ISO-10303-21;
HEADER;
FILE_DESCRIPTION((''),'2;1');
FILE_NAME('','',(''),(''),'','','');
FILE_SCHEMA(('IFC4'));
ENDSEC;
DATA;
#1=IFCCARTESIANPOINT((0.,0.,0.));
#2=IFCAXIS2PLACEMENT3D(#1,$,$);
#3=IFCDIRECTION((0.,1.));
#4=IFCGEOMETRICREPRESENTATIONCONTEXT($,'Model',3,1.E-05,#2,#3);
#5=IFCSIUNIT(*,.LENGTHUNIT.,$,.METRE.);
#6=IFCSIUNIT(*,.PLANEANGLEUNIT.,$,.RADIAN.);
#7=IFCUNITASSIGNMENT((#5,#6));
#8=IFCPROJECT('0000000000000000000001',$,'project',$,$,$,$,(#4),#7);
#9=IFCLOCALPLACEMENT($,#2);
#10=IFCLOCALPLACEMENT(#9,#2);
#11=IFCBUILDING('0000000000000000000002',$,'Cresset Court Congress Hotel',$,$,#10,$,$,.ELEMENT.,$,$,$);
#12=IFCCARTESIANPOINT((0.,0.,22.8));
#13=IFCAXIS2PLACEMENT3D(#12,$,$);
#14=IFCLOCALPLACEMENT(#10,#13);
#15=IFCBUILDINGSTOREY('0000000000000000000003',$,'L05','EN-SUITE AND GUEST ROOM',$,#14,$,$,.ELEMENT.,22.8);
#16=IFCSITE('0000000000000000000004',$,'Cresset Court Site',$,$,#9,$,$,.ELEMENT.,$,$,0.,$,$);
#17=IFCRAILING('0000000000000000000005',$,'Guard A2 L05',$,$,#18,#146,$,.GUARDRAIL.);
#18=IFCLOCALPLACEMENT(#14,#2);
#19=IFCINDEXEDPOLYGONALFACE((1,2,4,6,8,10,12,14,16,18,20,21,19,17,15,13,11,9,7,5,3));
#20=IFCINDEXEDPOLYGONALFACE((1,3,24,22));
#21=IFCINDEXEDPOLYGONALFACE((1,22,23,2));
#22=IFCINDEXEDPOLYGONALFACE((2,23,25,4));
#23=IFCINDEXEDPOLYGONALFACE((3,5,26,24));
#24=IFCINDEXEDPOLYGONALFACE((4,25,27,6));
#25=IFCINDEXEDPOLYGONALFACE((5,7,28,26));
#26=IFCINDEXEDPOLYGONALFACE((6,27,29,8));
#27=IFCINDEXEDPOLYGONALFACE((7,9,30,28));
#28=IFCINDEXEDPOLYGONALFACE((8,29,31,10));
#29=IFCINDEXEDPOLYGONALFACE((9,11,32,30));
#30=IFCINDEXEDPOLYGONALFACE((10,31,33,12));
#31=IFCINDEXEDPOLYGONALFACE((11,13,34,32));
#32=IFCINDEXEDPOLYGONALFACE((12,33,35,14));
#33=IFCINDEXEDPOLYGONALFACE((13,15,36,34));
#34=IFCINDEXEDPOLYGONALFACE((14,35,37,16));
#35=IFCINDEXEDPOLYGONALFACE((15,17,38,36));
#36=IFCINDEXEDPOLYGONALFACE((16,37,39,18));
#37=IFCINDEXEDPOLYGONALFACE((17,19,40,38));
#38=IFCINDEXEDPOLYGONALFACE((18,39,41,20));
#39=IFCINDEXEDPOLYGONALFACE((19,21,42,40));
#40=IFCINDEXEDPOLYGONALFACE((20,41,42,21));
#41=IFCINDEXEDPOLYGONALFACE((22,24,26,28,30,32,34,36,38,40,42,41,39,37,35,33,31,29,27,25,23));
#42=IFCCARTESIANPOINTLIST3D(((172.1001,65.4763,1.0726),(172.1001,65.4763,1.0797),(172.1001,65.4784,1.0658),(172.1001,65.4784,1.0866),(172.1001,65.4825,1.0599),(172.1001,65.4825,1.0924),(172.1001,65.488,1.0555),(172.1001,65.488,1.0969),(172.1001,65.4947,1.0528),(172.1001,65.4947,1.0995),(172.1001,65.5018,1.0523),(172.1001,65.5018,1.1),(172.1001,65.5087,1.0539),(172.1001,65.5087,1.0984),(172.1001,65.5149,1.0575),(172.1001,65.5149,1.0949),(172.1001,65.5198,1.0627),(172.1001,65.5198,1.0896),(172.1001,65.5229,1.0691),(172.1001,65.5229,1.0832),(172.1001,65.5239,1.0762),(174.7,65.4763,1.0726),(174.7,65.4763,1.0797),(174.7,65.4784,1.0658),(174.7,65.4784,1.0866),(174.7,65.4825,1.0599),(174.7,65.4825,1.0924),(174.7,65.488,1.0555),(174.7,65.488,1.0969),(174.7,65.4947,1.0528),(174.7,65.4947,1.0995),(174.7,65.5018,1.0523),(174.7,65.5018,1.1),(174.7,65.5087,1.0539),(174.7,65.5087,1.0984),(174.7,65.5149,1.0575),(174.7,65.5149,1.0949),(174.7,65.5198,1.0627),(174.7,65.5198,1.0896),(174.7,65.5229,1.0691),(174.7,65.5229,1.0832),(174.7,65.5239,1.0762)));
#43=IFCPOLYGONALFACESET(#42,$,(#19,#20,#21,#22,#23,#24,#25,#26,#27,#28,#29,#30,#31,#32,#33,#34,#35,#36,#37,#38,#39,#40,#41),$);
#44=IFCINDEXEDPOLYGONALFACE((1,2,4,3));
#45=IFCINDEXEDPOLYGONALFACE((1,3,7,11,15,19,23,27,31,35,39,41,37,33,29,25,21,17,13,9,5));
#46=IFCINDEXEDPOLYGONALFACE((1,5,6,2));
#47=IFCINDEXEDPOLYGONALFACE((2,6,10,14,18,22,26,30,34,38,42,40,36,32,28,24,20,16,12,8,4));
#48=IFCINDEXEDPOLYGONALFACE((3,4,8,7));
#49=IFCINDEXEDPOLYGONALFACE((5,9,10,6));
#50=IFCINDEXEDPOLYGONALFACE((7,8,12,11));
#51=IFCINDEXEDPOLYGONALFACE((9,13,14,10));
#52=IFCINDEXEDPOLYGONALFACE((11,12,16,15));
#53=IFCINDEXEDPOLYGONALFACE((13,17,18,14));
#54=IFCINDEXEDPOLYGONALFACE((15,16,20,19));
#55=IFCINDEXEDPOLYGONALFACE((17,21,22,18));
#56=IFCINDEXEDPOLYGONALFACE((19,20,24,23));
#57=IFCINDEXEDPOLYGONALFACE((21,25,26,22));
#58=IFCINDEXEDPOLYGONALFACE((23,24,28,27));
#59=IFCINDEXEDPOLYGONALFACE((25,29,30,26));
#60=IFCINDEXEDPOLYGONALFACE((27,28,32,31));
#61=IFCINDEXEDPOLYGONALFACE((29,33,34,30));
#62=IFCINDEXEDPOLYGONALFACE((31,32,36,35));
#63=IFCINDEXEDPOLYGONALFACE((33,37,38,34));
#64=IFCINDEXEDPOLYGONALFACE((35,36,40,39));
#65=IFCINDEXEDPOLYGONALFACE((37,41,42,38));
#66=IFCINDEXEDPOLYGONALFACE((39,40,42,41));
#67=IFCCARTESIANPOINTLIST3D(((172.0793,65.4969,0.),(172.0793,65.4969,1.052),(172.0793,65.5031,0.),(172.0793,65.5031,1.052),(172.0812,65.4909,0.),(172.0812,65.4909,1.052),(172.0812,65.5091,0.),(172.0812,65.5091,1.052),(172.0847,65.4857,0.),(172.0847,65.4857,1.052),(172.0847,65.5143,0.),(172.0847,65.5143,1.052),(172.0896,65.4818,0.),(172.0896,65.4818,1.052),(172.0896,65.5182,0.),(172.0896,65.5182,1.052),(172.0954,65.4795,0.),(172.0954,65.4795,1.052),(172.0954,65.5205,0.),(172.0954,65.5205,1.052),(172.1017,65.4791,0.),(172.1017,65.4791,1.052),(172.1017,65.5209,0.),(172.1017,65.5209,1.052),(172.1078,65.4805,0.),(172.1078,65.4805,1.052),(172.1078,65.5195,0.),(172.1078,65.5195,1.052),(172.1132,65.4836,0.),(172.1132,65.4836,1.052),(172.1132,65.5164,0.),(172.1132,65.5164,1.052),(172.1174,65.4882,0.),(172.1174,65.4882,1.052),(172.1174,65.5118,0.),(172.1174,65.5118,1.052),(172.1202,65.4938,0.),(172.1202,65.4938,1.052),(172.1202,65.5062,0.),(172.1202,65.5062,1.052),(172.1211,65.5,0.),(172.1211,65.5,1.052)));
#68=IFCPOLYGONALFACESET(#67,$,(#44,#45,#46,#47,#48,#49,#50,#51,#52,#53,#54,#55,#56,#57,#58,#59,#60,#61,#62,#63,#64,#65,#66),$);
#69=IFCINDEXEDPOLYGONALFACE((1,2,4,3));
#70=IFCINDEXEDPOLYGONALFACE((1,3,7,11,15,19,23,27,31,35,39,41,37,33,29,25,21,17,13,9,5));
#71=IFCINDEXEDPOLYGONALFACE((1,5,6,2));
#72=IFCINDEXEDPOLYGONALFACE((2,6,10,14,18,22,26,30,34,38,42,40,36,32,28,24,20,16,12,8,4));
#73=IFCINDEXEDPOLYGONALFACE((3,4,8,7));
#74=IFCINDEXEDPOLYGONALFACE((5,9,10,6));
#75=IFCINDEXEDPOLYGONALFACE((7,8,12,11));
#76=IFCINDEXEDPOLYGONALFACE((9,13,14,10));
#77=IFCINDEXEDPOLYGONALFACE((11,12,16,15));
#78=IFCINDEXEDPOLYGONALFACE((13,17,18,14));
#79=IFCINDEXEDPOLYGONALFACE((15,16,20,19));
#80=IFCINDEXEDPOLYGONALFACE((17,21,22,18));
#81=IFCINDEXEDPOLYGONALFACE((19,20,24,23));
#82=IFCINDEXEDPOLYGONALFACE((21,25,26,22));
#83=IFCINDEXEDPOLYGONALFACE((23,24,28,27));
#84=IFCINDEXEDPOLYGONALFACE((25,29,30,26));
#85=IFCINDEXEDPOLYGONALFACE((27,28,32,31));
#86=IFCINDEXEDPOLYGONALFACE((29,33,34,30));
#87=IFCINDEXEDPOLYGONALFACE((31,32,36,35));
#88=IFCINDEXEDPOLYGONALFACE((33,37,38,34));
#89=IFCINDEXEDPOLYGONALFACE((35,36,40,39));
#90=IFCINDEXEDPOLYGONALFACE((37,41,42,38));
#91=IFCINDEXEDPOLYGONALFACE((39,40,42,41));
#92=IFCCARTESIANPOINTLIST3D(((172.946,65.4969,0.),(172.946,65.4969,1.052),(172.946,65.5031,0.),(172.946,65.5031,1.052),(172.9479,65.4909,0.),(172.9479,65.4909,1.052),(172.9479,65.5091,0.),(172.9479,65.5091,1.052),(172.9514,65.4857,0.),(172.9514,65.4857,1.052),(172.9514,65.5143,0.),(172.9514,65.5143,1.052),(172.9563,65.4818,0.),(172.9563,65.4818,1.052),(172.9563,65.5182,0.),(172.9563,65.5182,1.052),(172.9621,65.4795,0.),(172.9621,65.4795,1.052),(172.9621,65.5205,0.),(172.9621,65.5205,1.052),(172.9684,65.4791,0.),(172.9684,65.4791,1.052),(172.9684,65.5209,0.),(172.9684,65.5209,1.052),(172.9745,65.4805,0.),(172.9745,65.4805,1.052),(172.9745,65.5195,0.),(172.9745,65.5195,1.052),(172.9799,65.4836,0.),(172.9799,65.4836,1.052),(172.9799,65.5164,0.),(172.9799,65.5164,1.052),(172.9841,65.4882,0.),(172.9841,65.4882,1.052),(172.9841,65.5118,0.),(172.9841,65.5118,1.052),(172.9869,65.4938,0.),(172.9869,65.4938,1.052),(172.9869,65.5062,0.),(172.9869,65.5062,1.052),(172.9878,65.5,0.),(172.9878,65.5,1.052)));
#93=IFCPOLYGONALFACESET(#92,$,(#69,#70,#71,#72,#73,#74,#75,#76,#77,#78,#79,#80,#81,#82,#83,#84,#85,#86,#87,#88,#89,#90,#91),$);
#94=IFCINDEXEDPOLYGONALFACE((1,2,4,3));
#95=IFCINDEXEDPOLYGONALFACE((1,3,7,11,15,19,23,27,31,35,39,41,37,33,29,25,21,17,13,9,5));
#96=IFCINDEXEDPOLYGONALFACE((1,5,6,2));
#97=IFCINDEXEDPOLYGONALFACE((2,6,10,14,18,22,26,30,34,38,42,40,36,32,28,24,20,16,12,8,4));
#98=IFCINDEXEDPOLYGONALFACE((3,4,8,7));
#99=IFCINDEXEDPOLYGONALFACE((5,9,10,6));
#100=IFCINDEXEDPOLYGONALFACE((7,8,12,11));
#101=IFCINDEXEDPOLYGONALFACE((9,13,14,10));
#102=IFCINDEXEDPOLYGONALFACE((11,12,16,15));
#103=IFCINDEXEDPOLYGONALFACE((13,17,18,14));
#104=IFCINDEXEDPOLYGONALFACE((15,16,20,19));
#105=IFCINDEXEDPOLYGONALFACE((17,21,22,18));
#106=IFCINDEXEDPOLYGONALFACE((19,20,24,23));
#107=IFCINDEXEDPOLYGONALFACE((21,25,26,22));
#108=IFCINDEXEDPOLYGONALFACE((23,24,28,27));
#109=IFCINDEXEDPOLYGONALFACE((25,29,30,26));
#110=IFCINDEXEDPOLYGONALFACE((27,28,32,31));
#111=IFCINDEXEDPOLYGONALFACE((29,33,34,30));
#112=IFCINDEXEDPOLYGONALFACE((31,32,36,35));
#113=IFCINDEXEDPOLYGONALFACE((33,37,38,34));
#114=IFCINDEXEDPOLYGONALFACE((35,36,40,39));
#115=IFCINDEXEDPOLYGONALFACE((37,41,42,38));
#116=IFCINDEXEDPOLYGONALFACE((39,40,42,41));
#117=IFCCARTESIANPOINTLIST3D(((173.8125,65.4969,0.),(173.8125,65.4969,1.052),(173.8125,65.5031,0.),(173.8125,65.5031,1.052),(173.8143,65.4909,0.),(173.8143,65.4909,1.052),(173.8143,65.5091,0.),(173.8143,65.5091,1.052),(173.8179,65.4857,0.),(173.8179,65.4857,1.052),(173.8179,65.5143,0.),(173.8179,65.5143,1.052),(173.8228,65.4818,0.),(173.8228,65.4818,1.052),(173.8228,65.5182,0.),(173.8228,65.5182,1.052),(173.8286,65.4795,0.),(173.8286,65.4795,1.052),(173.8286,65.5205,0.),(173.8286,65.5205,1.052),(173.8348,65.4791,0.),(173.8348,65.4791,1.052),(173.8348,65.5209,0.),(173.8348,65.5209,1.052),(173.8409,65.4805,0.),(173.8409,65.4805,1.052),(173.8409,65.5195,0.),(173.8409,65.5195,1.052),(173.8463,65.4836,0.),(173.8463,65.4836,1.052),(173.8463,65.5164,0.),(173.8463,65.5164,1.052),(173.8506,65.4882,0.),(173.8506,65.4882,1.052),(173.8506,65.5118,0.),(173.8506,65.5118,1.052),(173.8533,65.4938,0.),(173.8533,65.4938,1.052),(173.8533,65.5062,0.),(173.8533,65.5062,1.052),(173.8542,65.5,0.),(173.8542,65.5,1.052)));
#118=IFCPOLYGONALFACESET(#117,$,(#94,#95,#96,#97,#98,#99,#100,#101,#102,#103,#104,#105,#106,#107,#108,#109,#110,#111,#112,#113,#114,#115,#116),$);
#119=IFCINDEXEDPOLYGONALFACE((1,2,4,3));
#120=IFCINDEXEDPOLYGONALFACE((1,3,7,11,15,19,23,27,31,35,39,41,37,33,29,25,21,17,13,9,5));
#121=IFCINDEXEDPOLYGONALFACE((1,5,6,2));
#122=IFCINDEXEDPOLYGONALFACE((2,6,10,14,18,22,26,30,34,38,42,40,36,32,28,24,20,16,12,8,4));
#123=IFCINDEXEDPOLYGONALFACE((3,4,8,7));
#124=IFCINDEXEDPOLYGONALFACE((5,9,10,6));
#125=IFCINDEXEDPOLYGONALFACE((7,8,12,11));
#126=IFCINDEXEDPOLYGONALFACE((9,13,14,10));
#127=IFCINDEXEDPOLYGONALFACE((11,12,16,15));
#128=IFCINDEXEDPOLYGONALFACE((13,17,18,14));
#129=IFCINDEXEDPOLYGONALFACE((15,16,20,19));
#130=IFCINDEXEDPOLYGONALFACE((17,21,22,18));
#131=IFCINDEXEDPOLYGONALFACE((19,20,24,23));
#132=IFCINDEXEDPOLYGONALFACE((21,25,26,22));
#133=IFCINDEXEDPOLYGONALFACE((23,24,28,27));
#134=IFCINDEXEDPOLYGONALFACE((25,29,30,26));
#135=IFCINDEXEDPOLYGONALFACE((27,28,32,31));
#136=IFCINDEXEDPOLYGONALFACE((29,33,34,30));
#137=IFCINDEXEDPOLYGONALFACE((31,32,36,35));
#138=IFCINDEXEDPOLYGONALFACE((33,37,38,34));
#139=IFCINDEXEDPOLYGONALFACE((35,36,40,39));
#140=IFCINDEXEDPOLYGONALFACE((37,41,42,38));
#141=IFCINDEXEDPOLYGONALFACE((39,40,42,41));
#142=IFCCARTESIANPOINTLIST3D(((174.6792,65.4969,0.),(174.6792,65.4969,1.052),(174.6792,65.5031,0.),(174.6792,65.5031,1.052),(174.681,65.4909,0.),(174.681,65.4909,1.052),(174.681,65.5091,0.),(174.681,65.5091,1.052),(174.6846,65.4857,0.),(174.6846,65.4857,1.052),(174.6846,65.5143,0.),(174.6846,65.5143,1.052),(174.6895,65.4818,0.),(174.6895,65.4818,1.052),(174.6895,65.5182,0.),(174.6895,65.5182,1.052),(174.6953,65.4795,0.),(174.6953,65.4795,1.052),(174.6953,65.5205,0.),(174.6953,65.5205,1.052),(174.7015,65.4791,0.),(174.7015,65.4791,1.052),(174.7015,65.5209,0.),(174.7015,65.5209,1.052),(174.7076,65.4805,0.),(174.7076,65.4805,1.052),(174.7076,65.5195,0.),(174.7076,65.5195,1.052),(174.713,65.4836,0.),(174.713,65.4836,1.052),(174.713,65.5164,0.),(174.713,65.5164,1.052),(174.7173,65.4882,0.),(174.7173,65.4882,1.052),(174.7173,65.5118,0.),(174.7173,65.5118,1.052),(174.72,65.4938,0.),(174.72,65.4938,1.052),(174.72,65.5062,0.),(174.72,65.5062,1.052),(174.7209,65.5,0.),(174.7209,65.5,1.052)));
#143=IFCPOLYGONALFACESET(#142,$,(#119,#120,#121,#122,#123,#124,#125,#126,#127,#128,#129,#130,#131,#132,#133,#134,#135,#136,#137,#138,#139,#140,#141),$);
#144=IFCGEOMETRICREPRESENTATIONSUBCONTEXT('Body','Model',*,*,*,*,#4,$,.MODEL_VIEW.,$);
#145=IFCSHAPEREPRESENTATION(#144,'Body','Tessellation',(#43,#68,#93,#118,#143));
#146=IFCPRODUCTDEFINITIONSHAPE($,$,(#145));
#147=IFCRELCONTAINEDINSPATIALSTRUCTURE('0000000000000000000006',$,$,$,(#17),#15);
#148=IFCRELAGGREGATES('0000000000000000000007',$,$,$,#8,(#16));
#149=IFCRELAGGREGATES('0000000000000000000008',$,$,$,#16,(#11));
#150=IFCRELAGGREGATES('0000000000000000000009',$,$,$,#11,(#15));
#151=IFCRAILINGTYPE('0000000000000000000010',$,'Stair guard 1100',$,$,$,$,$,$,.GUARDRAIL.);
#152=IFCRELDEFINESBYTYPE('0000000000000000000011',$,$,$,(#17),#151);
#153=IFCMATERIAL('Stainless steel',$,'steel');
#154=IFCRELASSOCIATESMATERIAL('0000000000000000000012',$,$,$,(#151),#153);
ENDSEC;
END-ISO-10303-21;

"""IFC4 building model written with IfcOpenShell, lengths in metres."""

from ifc_helpers import new_model, si_unit, direction, frame, origin, origin_2d, place, context, subcontext, project, spatial, circle, extrude, material, type_object, element, save


model = new_model("IFC4")

# Units and contexts
model_context = context("Model", 3, precision=1e-05, world=origin(), true_north=direction((0.0, 1.0)))
body_context = subcontext(model_context, "Body", "Model", "MODEL_VIEW")
ifc_project = project(units=[si_unit("LENGTHUNIT", "METRE"), si_unit("PLANEANGLEUNIT", "RADIAN")], contexts=[model_context])

# Site, building, storey
site_placement = place(None, origin())
site = spatial("IfcSite", under=ifc_project, at=site_placement, Name="Cresset Court Site", CompositionType="ELEMENT", RefElevation=0.0)
building_placement = place(site_placement, origin())
building = spatial("IfcBuilding", under=site, at=building_placement, Name="Cresset Court Congress Hotel", CompositionType="ELEMENT")
storey_placement = place(building_placement, frame((0.0, 0.0, 22.8)))
storey = spatial("IfcBuildingStorey", under=building, at=storey_placement, Name="L05", Description="EN-SUITE AND GUEST ROOM", CompositionType="ELEMENT", Elevation=22.8)

# Railing
ifc_material_1 = material(Name="Stainless steel", Category="steel")
railing_type_1 = type_object("IfcRailingType", Name="Stair guard 1100", PredefinedType="GUARDRAIL", material=ifc_material_1)
for number, where, name in (
    (1, (172.1001, 65.5, 0.0), "Guard A2 L05"),
):
    element("IfcRailing", number, at=place(storey_placement, frame(where)), inside=storey, type_object=railing_type_1, Name=name, PredefinedType="GUARDRAIL", context=body_context, shape_type="SweptSolid", body=[
        extrude(circle(Radius=0.0239, at=origin_2d()), frame((0.0, 0.0, 1.0762), z_axis=(1.0, 0.0, 0.0), x_axis=(0.0, 1.0, 0.0)), (0.0, 0.0, 1.0), 2.5999),
        extrude(circle(Radius=0.021, at=origin_2d()), origin(), (0.0, 0.0, 1.0), 1.052),
        extrude(circle(Radius=0.021, at=origin_2d()), frame((0.8667, 0.0, 0.0)), (0.0, 0.0, 1.0), 1.052),
        extrude(circle(Radius=0.021, at=origin_2d()), frame((1.7332, 0.0, 0.0)), (0.0, 0.0, 1.0), 1.052),
        extrude(circle(Radius=0.021, at=origin_2d()), frame((2.5999, 0.0, 0.0)), (0.0, 0.0, 1.0), 1.052),
    ])

save(model, "model.ifc")
